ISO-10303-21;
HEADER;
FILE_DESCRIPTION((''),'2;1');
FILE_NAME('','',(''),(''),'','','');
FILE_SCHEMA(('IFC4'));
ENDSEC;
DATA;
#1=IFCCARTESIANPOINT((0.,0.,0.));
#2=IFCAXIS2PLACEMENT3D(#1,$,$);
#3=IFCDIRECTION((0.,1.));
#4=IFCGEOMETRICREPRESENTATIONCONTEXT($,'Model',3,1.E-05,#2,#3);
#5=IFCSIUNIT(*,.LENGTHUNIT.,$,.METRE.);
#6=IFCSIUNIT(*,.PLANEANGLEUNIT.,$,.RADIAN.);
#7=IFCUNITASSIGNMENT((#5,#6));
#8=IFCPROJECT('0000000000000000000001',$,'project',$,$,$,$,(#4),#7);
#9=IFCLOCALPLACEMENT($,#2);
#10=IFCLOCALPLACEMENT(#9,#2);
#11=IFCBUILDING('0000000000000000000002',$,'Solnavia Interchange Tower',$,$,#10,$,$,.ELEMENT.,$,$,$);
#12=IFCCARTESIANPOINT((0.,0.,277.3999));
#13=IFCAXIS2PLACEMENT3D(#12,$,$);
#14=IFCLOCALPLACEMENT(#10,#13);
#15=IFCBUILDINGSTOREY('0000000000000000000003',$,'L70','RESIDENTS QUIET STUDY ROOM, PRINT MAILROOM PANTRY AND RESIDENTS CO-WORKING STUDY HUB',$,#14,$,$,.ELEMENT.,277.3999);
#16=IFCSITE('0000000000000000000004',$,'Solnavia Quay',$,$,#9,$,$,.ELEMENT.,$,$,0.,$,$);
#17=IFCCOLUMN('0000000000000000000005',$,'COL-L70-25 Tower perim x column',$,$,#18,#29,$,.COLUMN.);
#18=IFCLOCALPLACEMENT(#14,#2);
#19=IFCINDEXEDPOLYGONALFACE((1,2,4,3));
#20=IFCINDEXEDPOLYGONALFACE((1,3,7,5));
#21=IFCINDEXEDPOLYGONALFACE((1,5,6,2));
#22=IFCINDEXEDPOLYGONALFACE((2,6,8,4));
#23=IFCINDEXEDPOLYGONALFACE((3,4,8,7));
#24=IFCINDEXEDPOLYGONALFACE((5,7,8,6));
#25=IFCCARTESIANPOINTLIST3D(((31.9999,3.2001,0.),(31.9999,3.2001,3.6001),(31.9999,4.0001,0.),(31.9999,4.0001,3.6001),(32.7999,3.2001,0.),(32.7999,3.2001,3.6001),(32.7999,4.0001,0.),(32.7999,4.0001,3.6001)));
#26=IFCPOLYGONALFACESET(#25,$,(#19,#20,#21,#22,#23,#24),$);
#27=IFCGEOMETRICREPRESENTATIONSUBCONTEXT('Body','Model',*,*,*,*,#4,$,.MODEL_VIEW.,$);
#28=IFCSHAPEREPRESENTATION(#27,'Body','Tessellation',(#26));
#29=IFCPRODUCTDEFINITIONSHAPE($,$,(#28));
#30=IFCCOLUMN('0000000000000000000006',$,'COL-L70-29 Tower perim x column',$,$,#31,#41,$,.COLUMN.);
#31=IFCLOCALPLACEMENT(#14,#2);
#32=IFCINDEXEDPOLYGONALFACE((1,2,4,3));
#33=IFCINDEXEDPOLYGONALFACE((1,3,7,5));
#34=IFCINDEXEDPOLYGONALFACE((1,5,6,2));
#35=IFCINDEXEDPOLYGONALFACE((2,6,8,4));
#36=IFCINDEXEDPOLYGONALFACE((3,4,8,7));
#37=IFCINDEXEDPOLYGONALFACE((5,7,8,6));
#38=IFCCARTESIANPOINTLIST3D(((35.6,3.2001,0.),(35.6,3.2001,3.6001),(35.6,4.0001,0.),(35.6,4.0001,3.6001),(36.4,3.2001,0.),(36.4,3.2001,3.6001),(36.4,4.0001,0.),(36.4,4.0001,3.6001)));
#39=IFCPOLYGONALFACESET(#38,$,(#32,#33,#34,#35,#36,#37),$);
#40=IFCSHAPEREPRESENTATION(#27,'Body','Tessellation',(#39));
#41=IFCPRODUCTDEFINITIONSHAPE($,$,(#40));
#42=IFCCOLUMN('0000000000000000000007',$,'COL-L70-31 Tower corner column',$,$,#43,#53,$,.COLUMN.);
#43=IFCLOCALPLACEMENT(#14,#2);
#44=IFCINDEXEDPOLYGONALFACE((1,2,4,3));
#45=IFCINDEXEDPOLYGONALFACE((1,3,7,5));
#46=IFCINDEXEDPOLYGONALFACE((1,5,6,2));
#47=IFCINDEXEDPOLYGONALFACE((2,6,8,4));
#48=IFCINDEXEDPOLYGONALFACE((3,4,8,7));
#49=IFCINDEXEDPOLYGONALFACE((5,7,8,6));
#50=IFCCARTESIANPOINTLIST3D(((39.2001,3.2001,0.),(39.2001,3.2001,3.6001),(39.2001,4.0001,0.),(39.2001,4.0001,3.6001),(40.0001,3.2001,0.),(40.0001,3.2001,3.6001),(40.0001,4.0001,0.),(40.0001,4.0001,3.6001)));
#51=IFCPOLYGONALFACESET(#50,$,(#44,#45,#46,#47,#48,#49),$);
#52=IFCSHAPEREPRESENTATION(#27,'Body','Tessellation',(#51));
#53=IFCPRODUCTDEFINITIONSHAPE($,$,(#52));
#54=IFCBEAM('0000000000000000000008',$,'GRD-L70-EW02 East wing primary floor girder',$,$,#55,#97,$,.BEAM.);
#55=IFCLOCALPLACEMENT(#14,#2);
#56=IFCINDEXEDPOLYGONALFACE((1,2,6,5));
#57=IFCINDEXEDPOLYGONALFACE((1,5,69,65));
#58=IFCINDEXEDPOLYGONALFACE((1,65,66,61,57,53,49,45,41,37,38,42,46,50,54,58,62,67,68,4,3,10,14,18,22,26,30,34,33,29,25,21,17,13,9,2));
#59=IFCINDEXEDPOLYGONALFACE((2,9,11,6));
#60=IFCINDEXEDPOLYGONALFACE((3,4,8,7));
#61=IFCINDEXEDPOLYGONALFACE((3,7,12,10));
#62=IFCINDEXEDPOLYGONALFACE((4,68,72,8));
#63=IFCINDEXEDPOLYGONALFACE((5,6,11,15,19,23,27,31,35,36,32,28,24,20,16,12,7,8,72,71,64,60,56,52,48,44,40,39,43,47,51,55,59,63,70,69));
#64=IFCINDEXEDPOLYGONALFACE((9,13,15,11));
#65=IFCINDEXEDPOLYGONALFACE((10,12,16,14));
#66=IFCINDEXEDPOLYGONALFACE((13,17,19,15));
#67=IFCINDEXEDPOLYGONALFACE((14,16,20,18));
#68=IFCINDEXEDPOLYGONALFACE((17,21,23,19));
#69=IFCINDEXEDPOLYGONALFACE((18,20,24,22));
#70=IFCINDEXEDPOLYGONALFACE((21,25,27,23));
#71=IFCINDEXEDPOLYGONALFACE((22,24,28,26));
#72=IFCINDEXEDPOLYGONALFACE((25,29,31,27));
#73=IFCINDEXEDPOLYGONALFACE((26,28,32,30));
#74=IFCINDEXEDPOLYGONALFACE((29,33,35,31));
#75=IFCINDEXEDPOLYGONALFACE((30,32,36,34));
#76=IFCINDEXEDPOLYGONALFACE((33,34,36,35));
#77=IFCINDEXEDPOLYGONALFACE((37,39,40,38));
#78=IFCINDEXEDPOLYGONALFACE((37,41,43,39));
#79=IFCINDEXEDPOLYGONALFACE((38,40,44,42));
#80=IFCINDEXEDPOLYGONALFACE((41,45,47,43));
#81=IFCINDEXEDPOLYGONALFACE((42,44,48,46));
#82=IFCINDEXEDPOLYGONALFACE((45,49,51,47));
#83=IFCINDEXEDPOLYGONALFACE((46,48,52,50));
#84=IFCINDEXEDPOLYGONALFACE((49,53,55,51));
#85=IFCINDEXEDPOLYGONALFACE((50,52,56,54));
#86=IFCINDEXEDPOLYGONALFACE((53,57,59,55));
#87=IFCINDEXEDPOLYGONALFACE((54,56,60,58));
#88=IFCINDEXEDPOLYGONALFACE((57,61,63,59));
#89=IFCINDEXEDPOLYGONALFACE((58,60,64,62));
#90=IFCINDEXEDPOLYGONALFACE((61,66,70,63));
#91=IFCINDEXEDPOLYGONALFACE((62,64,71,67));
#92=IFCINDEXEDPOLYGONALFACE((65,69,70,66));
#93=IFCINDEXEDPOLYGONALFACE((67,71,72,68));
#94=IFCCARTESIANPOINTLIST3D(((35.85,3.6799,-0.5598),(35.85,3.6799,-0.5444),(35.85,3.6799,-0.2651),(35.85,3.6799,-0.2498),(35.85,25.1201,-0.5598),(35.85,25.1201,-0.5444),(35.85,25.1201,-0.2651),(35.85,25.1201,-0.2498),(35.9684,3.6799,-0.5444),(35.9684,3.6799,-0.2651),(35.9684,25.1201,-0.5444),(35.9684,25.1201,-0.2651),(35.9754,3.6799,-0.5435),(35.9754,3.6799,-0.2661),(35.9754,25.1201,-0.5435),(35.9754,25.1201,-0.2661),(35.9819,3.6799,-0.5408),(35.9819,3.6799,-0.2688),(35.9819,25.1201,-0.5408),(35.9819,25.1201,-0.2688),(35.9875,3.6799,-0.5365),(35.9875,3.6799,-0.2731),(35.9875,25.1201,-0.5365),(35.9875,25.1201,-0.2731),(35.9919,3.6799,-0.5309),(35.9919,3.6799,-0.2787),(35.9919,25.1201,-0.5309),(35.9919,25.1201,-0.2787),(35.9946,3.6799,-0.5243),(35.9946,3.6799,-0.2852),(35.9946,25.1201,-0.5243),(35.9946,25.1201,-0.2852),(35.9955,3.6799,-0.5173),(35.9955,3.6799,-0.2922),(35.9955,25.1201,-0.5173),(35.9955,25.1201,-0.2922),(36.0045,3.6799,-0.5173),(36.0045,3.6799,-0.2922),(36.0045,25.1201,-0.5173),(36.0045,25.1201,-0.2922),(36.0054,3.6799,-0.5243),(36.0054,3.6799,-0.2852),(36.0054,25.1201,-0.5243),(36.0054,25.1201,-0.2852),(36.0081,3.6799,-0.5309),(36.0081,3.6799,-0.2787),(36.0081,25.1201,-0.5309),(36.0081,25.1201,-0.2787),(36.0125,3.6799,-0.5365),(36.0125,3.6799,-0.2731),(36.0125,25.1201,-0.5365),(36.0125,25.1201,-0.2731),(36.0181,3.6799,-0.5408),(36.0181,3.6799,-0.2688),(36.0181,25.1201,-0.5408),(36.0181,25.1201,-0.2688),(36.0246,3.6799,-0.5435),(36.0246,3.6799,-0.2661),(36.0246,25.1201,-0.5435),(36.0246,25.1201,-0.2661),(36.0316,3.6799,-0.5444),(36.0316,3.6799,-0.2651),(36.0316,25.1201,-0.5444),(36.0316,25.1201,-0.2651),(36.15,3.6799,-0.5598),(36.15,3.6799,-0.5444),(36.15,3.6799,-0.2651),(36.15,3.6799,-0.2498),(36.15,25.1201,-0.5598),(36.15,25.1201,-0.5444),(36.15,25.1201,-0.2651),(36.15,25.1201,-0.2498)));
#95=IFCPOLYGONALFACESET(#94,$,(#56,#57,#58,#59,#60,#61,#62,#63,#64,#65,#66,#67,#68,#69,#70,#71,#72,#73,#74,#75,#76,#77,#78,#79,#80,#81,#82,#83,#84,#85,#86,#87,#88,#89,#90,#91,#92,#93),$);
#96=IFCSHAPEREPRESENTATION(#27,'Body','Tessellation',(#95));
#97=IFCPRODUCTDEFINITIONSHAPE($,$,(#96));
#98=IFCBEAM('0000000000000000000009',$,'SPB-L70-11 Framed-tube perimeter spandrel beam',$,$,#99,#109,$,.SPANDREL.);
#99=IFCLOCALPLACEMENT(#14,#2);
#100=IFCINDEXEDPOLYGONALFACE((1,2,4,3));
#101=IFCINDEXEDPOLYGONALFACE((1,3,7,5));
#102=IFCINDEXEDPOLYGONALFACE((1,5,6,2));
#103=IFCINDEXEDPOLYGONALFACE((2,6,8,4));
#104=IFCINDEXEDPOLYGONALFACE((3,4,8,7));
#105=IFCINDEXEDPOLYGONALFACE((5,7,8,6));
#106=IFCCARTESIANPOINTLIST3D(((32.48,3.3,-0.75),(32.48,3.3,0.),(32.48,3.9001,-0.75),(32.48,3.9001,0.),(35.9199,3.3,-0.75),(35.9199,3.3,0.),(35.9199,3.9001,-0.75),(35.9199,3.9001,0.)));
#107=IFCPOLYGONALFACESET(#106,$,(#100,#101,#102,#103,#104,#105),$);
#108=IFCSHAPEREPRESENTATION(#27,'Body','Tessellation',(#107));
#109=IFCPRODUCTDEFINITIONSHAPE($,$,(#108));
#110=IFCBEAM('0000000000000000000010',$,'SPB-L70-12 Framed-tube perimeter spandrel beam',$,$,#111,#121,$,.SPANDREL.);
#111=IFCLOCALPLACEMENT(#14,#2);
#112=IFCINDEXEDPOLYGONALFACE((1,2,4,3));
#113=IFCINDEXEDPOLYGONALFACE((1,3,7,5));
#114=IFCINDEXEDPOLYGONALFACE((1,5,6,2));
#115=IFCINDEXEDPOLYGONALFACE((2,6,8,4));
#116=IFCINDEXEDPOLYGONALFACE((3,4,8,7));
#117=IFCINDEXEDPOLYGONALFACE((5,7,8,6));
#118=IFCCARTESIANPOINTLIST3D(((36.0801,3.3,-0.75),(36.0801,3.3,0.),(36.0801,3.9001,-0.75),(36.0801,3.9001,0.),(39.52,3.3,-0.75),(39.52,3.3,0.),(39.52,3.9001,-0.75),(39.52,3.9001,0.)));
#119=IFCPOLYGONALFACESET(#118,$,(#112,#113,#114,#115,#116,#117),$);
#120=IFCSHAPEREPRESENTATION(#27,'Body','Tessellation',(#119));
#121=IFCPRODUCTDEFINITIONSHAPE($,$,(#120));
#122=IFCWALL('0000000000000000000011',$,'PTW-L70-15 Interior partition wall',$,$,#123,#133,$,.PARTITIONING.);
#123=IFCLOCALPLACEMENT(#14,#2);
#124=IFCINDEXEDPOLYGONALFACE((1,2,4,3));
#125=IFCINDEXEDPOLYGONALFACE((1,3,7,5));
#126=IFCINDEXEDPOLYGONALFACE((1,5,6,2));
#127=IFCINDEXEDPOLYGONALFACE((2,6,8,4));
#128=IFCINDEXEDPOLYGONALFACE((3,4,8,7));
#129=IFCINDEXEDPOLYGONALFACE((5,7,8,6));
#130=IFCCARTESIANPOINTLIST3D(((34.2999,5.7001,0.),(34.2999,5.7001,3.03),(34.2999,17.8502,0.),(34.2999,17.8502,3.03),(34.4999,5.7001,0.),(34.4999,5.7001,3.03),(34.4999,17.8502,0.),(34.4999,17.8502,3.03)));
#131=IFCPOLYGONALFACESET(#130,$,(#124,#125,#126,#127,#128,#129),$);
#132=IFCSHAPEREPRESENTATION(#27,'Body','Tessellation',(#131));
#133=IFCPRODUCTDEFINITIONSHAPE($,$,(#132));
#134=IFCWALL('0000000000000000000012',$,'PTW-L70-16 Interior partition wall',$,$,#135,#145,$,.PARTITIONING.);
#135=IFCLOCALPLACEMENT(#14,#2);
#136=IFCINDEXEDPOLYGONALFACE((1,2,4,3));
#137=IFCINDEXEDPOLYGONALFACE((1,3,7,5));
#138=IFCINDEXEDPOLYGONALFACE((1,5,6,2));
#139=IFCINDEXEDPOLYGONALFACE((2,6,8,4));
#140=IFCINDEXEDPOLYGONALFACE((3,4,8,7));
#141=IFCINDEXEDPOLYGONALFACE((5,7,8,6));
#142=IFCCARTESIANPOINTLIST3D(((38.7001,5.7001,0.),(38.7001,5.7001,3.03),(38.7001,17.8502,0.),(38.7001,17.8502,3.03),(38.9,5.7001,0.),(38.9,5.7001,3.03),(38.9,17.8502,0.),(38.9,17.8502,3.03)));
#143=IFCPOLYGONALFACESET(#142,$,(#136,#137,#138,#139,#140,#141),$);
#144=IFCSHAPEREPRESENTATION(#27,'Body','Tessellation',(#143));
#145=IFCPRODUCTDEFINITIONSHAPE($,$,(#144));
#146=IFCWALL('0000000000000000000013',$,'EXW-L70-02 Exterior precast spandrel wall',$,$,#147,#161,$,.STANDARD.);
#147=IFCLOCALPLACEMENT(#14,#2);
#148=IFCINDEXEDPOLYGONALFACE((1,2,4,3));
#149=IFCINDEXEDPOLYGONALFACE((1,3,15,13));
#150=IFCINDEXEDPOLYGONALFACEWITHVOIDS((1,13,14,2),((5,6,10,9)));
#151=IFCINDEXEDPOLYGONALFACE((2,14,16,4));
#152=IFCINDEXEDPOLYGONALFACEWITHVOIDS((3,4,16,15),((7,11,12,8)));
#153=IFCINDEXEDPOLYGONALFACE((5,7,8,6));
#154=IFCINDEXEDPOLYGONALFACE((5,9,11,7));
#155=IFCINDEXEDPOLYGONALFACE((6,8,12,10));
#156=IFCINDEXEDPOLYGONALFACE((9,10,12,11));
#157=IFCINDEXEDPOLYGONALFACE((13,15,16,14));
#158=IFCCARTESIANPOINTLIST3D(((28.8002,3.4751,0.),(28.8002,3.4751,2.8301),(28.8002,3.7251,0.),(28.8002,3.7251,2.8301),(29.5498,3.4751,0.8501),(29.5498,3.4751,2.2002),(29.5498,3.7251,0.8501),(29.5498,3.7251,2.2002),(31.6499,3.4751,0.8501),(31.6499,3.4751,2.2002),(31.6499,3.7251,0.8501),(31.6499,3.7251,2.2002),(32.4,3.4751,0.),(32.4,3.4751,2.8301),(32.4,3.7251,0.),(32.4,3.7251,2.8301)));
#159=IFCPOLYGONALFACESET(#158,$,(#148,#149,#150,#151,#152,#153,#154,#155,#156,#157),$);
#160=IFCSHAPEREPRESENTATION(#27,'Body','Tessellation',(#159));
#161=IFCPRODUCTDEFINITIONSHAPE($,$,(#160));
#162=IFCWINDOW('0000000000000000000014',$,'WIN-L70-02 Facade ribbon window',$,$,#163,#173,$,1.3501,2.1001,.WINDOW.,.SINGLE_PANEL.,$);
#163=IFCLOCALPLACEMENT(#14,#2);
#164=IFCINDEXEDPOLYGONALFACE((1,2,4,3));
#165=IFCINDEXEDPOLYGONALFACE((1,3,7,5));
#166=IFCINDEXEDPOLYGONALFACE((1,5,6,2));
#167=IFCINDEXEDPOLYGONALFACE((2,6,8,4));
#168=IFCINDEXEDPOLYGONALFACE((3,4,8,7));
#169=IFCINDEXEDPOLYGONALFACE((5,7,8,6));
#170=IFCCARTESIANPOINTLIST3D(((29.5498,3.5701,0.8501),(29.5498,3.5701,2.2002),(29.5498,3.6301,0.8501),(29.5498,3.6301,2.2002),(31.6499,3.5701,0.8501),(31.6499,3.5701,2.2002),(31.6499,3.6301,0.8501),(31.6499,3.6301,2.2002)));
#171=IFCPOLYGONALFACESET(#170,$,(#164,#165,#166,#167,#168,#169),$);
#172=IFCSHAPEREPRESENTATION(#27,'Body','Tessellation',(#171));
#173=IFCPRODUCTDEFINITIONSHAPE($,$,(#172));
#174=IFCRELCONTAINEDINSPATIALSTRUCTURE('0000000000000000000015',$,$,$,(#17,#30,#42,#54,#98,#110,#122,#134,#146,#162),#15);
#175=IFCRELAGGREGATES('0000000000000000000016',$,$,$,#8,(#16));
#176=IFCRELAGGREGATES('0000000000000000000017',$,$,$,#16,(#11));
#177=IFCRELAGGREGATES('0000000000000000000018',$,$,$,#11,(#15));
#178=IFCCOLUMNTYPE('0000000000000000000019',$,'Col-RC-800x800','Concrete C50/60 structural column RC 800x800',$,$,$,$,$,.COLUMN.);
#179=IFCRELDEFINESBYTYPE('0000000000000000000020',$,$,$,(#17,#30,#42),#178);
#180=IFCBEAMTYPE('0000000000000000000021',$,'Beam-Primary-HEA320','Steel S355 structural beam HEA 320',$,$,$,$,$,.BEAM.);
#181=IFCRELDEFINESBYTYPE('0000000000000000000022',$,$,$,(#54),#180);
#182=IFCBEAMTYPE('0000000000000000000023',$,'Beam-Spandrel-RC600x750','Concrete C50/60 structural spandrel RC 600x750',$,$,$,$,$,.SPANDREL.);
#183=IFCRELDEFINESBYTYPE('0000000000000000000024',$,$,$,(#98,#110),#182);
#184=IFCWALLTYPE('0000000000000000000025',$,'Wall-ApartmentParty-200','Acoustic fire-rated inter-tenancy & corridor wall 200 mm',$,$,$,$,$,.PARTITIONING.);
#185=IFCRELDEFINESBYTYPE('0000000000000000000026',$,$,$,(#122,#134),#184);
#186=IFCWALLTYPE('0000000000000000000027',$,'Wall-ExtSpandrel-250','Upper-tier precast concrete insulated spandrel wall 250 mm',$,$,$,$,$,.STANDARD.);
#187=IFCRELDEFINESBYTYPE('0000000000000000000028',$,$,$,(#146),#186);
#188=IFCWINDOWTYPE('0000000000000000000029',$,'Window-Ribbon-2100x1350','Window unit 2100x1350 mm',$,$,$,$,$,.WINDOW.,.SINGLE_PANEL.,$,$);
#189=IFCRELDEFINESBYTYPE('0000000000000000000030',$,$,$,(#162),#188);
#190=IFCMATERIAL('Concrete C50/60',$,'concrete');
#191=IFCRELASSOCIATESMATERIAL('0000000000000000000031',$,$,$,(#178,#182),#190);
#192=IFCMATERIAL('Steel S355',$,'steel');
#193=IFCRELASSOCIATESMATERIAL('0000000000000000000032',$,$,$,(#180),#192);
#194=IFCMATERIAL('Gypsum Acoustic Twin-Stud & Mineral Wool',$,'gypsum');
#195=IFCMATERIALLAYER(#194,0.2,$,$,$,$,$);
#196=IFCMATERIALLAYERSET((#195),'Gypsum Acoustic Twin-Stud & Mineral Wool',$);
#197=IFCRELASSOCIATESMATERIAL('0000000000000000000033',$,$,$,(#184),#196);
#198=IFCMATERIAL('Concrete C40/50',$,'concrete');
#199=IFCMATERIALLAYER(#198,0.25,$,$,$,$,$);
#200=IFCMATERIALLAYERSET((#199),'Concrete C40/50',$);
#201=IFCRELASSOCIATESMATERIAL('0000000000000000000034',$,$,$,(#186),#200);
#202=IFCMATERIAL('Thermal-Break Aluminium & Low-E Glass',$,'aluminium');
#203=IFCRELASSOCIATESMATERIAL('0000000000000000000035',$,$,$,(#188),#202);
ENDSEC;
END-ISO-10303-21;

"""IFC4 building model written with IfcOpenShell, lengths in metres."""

from ifc_helpers import new_model, si_unit, direction, frame, frame_2d, origin, origin_2d, place, context, subcontext, project, spatial, rectangle, i_section, extrude, material, layer, layer_set, material_profile, profile_set, type_object, element, fill, save


model = new_model("IFC4")

# Units and contexts
model_context = context("Model", 3, precision=1e-05, world=origin(), true_north=direction((0.0, 1.0)))
body_context = subcontext(model_context, "Body", "Model", "MODEL_VIEW")
ifc_project = project(units=[si_unit("LENGTHUNIT", "METRE"), si_unit("PLANEANGLEUNIT", "RADIAN")], contexts=[model_context])

# Site, building, storey
site_placement = place(None, origin())
site = spatial("IfcSite", under=ifc_project, at=site_placement, Name="Solnavia Quay", CompositionType="ELEMENT", RefElevation=0.0)
building_placement = place(site_placement, origin())
building = spatial("IfcBuilding", under=site, at=building_placement, Name="Solnavia Interchange Tower", CompositionType="ELEMENT")
storey_placement = place(building_placement, frame((0.0, 0.0, 277.3999)))
storey = spatial("IfcBuildingStorey", under=building, at=storey_placement, Name="L70", Description="RESIDENTS QUIET STUDY ROOM, PRINT MAILROOM PANTRY AND RESIDENTS CO-WORKING STUDY HUB", CompositionType="ELEMENT", Elevation=277.3999)

# Columns
ifc_material_1 = material(Name="Concrete C50/60", Category="concrete")
ifc_material_profile_1 = material_profile(ifc_material_1, rectangle(XDim=0.8, YDim=0.8, at=origin_2d()), Name="RC 800x800")
ifc_profile_set_1 = profile_set([ifc_material_profile_1], Name="Concrete C50/60")
column_type = type_object("IfcColumnType", Name="Col-RC-800x800", Description="Concrete C50/60 structural column RC 800x800", PredefinedType="COLUMN", material=ifc_profile_set_1)
for number, where, z_axis, x_axis, name in (
    (1, (32.3999, 3.6001, 0.0), (0.0, 0.0, 1.0), (1.0, 0.0, 0.0), "COL-L70-25 Tower perim x column"),
    (2, (36.0, 3.6001, 0.0), (0.0, 0.0, 1.0), (1.0, 0.0, 0.0), "COL-L70-29 Tower perim x column"),
    (3, (39.6001, 3.6001, 0.0), (0.0, 0.0, 1.0), (1.0, 0.0, 0.0), "COL-L70-31 Tower corner column"),
):
    element("IfcColumn", number, at=place(storey_placement, frame(where, z_axis=z_axis, x_axis=x_axis)), inside=storey, type_object=column_type, Name=name, PredefinedType="COLUMN", context=body_context, shape_type="SweptSolid", body=[
        extrude(rectangle(XDim=0.8, YDim=0.8, at=origin_2d()), origin(), (0.0, 0.0, 1.0), 3.6001),
    ])

# Beams
ifc_material_2 = material(Name="Steel S355", Category="steel")
ifc_material_profile_2 = material_profile(ifc_material_2, i_section(OverallWidth=0.3, OverallDepth=0.3101, WebThickness=0.009, FlangeThickness=0.0154, FilletRadius=0.0271, at=origin_2d()), Name="HEA 320")
ifc_profile_set_2 = profile_set([ifc_material_profile_2], Name="Steel S355")
beam_type_1 = type_object("IfcBeamType", Name="Beam-Primary-HEA320", Description="Steel S355 structural beam HEA 320", PredefinedType="BEAM", material=ifc_profile_set_2)
beam_placement = place(storey_placement, frame((36.0, 3.6799, -0.4048), z_axis=(0.0, 1.0, 0.0), x_axis=(-1.0, 0.0, 0.0)))
element("IfcBeam", 4, at=beam_placement, inside=storey, type_object=beam_type_1, Name="GRD-L70-EW02 East wing primary floor girder", PredefinedType="BEAM", context=body_context, shape_type="SweptSolid", body=[
    extrude(i_section(OverallWidth=0.3, OverallDepth=0.3101, WebThickness=0.009, FlangeThickness=0.0154, FilletRadius=0.0271, at=origin_2d()), origin(), (0.0, 0.0, 1.0), 21.4402),
])
ifc_material_profile_3 = material_profile(ifc_material_1, rectangle(XDim=0.6001, YDim=0.75, at=origin_2d()), Name="RC 600x750")
ifc_profile_set_3 = profile_set([ifc_material_profile_3], Name="Concrete C50/60")
beam_type_2 = type_object("IfcBeamType", Name="Beam-Spandrel-RC600x750", Description="Concrete C50/60 structural spandrel RC 600x750", PredefinedType="SPANDREL", material=ifc_profile_set_3)
for number, where, z_axis, x_axis, name in (
    (5, (32.48, 3.6001, -0.375), (1.0, 0.0, 0.0), (0.0, 1.0, 0.0), "SPB-L70-11 Framed-tube perimeter spandrel beam"),
    (6, (36.0801, 3.6001, -0.375), (1.0, 0.0, 0.0), (0.0, 1.0, 0.0), "SPB-L70-12 Framed-tube perimeter spandrel beam"),
):
    element("IfcBeam", number, at=place(storey_placement, frame(where, z_axis=z_axis, x_axis=x_axis)), inside=storey, type_object=beam_type_2, Name=name, PredefinedType="SPANDREL", context=body_context, shape_type="SweptSolid", body=[
        extrude(rectangle(XDim=0.6001, YDim=0.75, at=origin_2d()), origin(), (0.0, 0.0, 1.0), 3.4399),
    ])

# Walls
ifc_material_3 = material(Name="Gypsum Acoustic Twin-Stud & Mineral Wool", Category="gypsum")
ifc_layer_1 = layer(ifc_material_3, 0.2)
ifc_layer_set_1 = layer_set([ifc_layer_1], Name="Gypsum Acoustic Twin-Stud & Mineral Wool")
wall_type_1 = type_object("IfcWallType", Name="Wall-ApartmentParty-200", Description="Acoustic fire-rated inter-tenancy & corridor wall 200 mm", PredefinedType="PARTITIONING", material=ifc_layer_set_1)
for number, where, z_axis, x_axis, name in (
    (7, (34.3999, 5.7, 0.0), (0.0, 0.0, 1.0), (0.0, 1.0, 0.0), "PTW-L70-15 Interior partition wall"),
    (8, (38.8, 5.7, 0.0), (0.0, 0.0, 1.0), (0.0, 1.0, 0.0), "PTW-L70-16 Interior partition wall"),
):
    element("IfcWall", number, at=place(storey_placement, frame(where, z_axis=z_axis, x_axis=x_axis)), inside=storey, type_object=wall_type_1, Name=name, PredefinedType="PARTITIONING", context=body_context, shape_type="SweptSolid", body=[
        extrude(rectangle(XDim=12.1501, YDim=0.2, at=frame_2d((6.0752, 0.0))), origin(), (0.0, 0.0, 1.0), 3.03),
    ])

# Wall, opening, window
ifc_material_4 = material(Name="Concrete C40/50", Category="concrete")
ifc_layer_2 = layer(ifc_material_4, 0.25)
ifc_layer_set_2 = layer_set([ifc_layer_2], Name="Concrete C40/50")
wall_type_2 = type_object("IfcWallType", Name="Wall-ExtSpandrel-250", Description="Upper-tier precast concrete insulated spandrel wall 250 mm", PredefinedType="STANDARD", material=ifc_layer_set_2)
wall_1_placement = place(storey_placement, frame((32.3999, 3.6001, 0.0), z_axis=(0.0, 0.0, 1.0), x_axis=(-1.0, 0.0, 0.0)))
wall_1 = element("IfcWall", 9, at=wall_1_placement, inside=storey, type_object=wall_type_2, Name="EXW-L70-02 Exterior precast spandrel wall", PredefinedType="STANDARD", context=body_context, shape_type="SweptSolid", body=[
    extrude(rectangle(XDim=3.5999, YDim=0.25, at=frame_2d((1.7998, 0.0))), origin(), (0.0, 0.0, 1.0), 2.8301),
])
opening_1_placement = place(wall_1_placement, frame((0.75, 0.0, 0.8501)))
opening_1 = element("IfcOpeningElement", 10, at=opening_1_placement, cuts=wall_1, PredefinedType="OPENING", context=body_context, shape_type="SweptSolid", body=[
    extrude(rectangle(XDim=2.1001, YDim=1.3501, at=frame_2d((1.05, 0.675))), frame((0.0, 0.135, 0.0), z_axis=(0.0, -1.0, 0.0), x_axis=(1.0, 0.0, 0.0)), (0.0, 0.0, 1.0), 0.27),
])
ifc_material_5 = material(Name="Thermal-Break Aluminium & Low-E Glass", Category="aluminium")
window_type = type_object("IfcWindowType", Name="Window-Ribbon-2100x1350", Description="Window unit 2100x1350 mm", PartitioningType="SINGLE_PANEL", PredefinedType="WINDOW", material=ifc_material_5)
window_1_placement = place(opening_1_placement, origin())
window_1 = element("IfcWindow", 11, at=window_1_placement, inside=storey, type_object=window_type, Name="WIN-L70-02 Facade ribbon window", OverallHeight=1.3501, OverallWidth=2.1001, PartitioningType="SINGLE_PANEL", PredefinedType="WINDOW", context=body_context, shape_type="SweptSolid", body=[
    extrude(rectangle(XDim=2.1001, YDim=1.3501, at=frame_2d((1.05, 0.675))), frame((0.0, 0.03, 0.0), z_axis=(0.0, -1.0, 0.0), x_axis=(1.0, 0.0, 0.0)), (0.0, 0.0, 1.0), 0.0601),
])
fill(opening_1, window_1)

save(model, "model.ifc")
